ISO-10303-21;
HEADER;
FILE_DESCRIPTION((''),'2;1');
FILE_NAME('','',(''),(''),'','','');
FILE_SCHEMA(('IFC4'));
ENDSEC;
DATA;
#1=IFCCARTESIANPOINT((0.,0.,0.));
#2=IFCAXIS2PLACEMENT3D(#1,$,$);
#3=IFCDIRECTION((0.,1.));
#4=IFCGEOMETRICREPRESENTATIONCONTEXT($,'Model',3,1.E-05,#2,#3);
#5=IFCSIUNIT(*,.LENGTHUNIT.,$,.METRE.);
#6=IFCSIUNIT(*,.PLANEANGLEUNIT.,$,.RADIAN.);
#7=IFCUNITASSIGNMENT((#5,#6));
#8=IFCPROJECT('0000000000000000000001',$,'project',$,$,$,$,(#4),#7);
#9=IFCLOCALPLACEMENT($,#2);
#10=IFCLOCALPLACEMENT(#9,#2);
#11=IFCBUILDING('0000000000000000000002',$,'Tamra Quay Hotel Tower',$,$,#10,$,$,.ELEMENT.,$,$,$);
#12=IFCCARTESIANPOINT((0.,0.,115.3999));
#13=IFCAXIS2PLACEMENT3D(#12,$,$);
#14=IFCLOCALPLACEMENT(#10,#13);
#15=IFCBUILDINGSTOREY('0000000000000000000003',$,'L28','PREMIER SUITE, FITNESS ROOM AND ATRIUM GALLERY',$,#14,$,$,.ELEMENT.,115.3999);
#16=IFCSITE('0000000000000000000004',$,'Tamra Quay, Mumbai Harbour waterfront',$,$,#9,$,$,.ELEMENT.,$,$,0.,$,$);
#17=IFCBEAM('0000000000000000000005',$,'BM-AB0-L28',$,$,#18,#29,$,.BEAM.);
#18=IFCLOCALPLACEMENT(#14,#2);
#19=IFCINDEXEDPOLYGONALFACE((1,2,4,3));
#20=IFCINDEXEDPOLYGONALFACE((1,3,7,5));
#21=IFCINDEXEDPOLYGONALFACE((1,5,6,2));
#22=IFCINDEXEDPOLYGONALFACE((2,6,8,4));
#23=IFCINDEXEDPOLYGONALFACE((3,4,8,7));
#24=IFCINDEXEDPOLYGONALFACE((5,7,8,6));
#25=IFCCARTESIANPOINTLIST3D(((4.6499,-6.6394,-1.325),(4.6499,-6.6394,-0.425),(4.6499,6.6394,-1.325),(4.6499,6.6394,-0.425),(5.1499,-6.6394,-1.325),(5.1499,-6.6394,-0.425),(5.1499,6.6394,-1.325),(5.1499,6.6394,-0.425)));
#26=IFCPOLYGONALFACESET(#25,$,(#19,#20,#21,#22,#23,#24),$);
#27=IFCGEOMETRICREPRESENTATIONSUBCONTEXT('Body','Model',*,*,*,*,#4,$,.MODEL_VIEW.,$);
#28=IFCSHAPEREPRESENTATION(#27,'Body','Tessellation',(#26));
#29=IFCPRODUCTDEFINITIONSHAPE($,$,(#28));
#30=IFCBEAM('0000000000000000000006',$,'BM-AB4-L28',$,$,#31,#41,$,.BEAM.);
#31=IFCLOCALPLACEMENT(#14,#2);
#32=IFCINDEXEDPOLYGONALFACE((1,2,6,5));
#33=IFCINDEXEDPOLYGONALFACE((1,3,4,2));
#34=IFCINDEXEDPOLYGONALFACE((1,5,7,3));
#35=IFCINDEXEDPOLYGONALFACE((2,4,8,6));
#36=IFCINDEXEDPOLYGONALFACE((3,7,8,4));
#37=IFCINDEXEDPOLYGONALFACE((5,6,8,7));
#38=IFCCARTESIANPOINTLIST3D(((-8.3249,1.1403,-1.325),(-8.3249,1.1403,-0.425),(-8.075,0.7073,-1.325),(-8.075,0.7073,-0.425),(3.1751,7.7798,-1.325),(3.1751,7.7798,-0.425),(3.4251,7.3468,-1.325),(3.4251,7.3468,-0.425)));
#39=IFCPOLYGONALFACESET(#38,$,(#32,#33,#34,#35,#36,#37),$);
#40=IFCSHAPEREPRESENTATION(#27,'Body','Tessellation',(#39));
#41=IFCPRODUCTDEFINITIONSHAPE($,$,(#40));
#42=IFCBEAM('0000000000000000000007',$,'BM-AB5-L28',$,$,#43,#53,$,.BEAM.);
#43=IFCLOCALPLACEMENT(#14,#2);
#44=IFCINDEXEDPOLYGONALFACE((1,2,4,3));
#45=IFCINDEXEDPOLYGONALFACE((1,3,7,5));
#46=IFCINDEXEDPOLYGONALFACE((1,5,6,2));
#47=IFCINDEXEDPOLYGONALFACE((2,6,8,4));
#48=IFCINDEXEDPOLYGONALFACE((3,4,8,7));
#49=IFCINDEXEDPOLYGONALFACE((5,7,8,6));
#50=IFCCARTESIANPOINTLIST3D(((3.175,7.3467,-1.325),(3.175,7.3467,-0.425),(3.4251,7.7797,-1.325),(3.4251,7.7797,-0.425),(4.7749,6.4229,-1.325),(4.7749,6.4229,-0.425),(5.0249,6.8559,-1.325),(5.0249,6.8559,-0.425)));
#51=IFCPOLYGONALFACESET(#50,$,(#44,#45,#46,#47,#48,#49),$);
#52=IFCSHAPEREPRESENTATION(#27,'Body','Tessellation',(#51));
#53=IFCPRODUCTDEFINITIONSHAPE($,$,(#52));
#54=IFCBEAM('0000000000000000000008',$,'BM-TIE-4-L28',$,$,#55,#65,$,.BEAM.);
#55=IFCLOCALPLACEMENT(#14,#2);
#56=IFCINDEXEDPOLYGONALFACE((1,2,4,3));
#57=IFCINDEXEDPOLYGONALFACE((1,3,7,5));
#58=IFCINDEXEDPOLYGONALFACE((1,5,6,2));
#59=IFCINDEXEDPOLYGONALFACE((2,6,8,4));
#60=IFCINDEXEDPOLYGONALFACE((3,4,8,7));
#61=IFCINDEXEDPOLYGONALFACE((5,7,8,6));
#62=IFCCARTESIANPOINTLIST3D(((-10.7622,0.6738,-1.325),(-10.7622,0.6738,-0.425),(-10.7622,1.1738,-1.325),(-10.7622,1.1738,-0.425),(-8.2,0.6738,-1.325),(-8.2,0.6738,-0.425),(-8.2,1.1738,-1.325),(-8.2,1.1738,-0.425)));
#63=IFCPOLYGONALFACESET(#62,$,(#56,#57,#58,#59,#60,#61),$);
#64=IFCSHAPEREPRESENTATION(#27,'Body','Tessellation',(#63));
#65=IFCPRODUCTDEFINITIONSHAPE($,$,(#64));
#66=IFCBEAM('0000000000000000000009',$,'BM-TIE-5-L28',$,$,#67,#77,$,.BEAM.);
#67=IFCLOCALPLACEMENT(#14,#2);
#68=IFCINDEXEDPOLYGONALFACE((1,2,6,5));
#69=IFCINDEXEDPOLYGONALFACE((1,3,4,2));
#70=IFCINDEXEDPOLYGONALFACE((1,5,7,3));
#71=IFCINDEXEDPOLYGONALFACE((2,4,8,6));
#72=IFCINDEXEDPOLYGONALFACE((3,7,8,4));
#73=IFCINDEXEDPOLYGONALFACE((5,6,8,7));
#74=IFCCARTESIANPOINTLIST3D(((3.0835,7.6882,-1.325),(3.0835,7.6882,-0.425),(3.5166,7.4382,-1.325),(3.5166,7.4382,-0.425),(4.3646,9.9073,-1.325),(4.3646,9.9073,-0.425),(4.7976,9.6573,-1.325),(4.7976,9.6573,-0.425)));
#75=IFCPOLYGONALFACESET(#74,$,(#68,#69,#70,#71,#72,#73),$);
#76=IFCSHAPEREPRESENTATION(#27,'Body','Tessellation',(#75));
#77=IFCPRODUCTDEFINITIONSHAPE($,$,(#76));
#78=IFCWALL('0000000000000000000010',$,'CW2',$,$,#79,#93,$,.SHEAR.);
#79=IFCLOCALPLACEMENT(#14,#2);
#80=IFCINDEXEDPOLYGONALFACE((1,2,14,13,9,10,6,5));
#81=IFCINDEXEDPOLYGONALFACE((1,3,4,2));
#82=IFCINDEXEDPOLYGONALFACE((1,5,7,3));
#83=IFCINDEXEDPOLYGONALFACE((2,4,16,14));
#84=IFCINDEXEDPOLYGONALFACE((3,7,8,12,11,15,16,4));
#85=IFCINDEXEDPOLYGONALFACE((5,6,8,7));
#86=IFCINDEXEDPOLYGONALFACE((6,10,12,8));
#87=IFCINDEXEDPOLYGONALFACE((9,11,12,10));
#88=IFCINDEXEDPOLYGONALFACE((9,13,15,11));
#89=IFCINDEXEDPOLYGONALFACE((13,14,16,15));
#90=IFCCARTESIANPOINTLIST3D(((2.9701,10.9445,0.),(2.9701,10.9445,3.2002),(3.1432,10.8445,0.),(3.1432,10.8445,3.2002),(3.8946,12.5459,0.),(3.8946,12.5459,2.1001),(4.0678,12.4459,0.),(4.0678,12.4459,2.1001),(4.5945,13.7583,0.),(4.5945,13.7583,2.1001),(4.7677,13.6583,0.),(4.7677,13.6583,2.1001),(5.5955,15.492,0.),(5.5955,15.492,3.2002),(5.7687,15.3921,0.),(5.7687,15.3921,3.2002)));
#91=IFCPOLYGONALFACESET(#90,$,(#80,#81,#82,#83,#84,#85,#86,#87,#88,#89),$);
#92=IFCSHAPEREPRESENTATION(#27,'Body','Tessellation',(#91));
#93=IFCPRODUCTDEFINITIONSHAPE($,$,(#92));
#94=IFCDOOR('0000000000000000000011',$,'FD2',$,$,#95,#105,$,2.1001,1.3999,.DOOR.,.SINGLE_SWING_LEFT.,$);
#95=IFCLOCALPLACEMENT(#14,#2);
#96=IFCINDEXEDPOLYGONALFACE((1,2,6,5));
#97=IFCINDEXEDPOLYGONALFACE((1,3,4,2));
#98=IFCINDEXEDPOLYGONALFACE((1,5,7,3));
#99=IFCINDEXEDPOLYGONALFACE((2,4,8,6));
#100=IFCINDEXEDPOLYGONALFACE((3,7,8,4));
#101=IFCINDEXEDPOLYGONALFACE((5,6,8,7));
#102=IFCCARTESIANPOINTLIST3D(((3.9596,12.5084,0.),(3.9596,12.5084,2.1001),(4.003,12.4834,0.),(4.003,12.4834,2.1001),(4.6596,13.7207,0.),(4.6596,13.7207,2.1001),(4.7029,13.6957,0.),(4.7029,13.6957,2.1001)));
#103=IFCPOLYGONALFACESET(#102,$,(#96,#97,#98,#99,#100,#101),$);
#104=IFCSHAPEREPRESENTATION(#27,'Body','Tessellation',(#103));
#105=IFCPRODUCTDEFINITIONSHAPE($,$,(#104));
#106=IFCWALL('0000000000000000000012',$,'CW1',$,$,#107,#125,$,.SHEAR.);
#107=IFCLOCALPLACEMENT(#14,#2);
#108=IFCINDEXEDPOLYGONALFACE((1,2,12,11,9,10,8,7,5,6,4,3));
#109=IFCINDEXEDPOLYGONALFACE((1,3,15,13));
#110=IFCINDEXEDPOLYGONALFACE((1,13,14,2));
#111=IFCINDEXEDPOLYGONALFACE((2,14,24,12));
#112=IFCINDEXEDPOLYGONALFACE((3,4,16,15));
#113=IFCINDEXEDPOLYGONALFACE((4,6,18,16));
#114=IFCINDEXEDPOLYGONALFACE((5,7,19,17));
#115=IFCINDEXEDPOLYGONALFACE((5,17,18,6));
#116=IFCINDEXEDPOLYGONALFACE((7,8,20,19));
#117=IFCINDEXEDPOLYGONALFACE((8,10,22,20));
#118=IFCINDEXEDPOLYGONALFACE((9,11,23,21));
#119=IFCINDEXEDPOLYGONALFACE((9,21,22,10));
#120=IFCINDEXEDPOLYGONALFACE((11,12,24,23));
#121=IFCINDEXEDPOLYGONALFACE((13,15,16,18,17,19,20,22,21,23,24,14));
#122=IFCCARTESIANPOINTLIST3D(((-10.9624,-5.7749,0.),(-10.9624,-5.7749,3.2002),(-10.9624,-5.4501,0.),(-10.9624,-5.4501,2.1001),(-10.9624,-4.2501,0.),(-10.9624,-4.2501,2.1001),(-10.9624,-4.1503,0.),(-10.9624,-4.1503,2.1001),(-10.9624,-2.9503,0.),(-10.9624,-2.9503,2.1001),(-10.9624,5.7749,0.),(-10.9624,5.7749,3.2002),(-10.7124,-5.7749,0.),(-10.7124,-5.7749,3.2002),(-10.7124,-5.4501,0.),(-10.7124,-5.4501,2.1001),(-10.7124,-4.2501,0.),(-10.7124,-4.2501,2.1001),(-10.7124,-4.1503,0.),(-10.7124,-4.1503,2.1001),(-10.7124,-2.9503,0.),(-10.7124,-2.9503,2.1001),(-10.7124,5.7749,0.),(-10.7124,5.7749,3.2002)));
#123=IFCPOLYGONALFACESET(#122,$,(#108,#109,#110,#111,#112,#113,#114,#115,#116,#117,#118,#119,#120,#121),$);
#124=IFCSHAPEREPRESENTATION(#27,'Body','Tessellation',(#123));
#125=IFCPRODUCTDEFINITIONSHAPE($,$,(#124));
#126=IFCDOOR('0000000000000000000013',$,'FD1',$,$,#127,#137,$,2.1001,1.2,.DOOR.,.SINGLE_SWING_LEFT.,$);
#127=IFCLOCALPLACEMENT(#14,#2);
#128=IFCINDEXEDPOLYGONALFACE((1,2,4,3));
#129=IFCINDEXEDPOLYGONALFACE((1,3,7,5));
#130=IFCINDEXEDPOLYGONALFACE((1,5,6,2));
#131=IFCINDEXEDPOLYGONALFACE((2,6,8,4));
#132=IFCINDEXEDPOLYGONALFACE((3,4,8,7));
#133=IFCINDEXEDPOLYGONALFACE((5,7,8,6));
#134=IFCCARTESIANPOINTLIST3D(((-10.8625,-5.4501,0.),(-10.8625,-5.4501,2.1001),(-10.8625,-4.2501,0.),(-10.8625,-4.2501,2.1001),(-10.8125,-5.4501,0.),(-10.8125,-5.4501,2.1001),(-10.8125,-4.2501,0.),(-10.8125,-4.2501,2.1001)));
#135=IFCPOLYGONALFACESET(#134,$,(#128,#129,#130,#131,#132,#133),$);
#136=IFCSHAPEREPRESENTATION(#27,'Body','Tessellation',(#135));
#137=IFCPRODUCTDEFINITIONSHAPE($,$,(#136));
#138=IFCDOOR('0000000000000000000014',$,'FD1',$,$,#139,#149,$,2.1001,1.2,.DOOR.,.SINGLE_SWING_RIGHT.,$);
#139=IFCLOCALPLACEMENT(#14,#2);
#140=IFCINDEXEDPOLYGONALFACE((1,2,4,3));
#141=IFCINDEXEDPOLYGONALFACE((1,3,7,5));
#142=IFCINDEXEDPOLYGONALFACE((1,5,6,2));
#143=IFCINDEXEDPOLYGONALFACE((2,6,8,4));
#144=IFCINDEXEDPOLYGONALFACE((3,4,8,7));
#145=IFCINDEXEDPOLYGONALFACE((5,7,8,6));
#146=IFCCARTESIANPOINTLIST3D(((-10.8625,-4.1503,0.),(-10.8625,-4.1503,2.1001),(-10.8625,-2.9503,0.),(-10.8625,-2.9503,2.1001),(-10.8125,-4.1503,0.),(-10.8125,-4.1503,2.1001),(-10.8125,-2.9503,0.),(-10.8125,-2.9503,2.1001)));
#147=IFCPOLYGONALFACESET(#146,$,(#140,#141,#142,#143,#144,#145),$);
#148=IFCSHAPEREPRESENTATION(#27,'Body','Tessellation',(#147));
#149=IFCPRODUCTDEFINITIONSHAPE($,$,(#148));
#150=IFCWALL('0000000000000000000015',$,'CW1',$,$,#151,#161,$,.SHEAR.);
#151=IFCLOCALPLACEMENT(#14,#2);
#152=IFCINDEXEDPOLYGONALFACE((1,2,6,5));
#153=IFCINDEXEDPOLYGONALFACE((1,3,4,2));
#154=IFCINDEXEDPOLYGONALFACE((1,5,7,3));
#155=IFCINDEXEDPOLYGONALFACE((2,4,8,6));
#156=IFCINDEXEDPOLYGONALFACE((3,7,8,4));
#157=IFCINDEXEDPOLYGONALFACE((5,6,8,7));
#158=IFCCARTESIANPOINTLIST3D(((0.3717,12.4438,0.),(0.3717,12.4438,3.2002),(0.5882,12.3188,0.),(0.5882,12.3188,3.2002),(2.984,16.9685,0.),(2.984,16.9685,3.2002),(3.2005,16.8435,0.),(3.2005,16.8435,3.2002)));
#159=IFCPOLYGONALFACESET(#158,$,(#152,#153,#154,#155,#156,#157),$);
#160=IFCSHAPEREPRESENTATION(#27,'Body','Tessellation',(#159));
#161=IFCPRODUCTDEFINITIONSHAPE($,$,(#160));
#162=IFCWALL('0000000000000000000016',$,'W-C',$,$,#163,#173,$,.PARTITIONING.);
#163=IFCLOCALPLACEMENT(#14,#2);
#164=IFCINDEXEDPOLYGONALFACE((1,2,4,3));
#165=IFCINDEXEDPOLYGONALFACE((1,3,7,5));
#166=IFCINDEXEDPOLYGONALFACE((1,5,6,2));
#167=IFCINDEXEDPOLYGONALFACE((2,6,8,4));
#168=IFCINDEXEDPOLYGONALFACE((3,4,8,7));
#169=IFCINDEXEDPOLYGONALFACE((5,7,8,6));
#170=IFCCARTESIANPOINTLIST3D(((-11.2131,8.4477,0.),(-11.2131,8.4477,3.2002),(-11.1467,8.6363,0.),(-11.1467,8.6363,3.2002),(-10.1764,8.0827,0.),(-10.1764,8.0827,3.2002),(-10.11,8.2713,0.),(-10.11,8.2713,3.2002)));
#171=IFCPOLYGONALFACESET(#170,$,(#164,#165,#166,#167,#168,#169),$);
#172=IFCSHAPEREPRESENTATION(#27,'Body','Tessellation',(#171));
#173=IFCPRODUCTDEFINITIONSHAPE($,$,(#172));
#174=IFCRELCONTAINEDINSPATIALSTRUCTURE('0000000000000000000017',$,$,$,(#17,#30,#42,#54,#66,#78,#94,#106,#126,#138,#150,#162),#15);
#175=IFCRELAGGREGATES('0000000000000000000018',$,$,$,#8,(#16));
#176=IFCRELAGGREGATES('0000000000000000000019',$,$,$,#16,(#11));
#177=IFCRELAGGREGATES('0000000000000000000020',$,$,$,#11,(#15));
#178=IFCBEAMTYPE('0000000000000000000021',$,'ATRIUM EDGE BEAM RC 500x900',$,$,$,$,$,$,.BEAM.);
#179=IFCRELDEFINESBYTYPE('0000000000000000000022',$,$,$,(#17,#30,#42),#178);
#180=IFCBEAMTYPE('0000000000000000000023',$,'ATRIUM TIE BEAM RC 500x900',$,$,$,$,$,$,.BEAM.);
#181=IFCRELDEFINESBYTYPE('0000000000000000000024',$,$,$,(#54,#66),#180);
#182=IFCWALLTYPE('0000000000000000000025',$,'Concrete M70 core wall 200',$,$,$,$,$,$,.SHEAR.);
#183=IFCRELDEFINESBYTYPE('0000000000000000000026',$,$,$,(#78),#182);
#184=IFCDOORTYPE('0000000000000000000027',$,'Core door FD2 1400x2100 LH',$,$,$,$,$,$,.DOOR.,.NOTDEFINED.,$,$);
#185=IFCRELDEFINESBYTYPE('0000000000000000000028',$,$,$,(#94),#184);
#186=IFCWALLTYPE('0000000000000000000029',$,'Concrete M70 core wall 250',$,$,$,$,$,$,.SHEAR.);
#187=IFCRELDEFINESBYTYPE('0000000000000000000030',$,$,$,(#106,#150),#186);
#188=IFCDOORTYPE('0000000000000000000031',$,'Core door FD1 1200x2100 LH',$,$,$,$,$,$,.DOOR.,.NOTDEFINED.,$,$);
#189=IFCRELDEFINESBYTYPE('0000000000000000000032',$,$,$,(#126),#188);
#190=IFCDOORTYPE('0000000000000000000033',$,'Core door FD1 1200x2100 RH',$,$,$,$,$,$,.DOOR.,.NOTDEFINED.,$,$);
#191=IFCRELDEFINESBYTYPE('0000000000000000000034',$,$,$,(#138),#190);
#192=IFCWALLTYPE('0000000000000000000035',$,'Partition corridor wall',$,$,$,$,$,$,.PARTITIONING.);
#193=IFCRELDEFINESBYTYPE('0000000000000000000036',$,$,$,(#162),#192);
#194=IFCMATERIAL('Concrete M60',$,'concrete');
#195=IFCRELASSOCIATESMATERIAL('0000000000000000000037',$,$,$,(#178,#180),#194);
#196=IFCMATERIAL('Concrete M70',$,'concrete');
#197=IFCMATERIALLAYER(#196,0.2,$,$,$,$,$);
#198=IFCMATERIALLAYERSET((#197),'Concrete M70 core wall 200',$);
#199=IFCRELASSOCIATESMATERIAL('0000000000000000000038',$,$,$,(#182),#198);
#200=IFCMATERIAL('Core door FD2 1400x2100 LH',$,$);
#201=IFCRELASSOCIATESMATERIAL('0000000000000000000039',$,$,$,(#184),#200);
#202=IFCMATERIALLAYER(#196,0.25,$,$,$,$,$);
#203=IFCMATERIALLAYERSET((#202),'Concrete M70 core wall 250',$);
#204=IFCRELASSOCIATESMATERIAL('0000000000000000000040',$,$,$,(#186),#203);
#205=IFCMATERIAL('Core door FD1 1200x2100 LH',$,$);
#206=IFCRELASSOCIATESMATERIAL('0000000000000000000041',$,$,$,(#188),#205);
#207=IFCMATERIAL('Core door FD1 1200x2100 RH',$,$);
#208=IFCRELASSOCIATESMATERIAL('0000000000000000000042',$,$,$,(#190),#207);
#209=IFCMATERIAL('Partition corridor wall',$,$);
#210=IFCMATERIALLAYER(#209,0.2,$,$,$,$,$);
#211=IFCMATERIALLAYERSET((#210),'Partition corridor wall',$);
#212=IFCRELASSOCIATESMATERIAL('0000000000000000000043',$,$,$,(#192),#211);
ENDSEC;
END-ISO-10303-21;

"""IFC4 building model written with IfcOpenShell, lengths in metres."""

from ifc_helpers import new_model, si_unit, direction, frame, frame_2d, origin, origin_2d, place, context, subcontext, project, spatial, rectangle, extrude, material, layer, layer_set, material_profile, profile_set, type_object, element, fill, save


model = new_model("IFC4")

# Units and contexts
model_context = context("Model", 3, precision=1e-05, world=origin(), true_north=direction((0.0, 1.0)))
body_context = subcontext(model_context, "Body", "Model", "MODEL_VIEW")
ifc_project = project(units=[si_unit("LENGTHUNIT", "METRE"), si_unit("PLANEANGLEUNIT", "RADIAN")], contexts=[model_context])

# Site, building, storey
site_placement = place(None, origin())
site = spatial("IfcSite", under=ifc_project, at=site_placement, Name="Tamra Quay, Mumbai Harbour waterfront", CompositionType="ELEMENT", RefElevation=0.0)
building_placement = place(site_placement, origin())
building = spatial("IfcBuilding", under=site, at=building_placement, Name="Tamra Quay Hotel Tower", CompositionType="ELEMENT")
storey_placement = place(building_placement, frame((0.0, 0.0, 115.3999)))
storey = spatial("IfcBuildingStorey", under=building, at=storey_placement, Name="L28", Description="PREMIER SUITE, FITNESS ROOM AND ATRIUM GALLERY", CompositionType="ELEMENT", Elevation=115.3999)

# Beams
ifc_material_1 = material(Name="Concrete M60", Category="concrete")
ifc_material_profile_1 = material_profile(ifc_material_1, rectangle(XDim=0.5, YDim=0.8999, at=origin_2d()), Name="ATRIUM EDGE BEAM RC 500x900")
ifc_profile_set_1 = profile_set([ifc_material_profile_1], Name="Concrete M60")
beam_type_1 = type_object("IfcBeamType", Name="ATRIUM EDGE BEAM RC 500x900", PredefinedType="BEAM", material=ifc_profile_set_1)
beam_1_placement = place(storey_placement, frame((4.8999, 6.6394, -0.875), z_axis=(0.0, -1.0, 0.0), x_axis=(1.0, 0.0, 0.0)))
element("IfcBeam", 1, at=beam_1_placement, inside=storey, type_object=beam_type_1, Name="BM-AB0-L28", PredefinedType="BEAM", context=body_context, shape_type="SweptSolid", body=[
    extrude(rectangle(XDim=0.5, YDim=0.8999, at=origin_2d()), origin(), (0.0, 0.0, 1.0), 13.2788),
])
beam_2_placement = place(storey_placement, frame((-8.2, 0.9238, -0.875), z_axis=(0.866029, 0.499993, 0.0), x_axis=(-0.499993, 0.866029, 0.0)))
element("IfcBeam", 2, at=beam_2_placement, inside=storey, type_object=beam_type_1, Name="BM-AB4-L28", PredefinedType="BEAM", context=body_context, shape_type="SweptSolid", body=[
    extrude(rectangle(XDim=0.5, YDim=0.8999, at=origin_2d()), origin(), (0.0, 0.0, 1.0), 13.2791),
])
beam_3_placement = place(storey_placement, frame((3.3, 7.5632, -0.875), z_axis=(0.86599, -0.500062, 0.0), x_axis=(0.500062, 0.86599, 0.0)))
element("IfcBeam", 3, at=beam_3_placement, inside=storey, type_object=beam_type_1, Name="BM-AB5-L28", PredefinedType="BEAM", context=body_context, shape_type="SweptSolid", body=[
    extrude(rectangle(XDim=0.5, YDim=0.8999, at=origin_2d()), origin(), (0.0, 0.0, 1.0), 1.8474),
])
ifc_material_profile_2 = material_profile(ifc_material_1, rectangle(XDim=0.5, YDim=0.8999, at=origin_2d()), Name="ATRIUM TIE BEAM RC 500x900")
ifc_profile_set_2 = profile_set([ifc_material_profile_2], Name="Concrete M60")
beam_type_2 = type_object("IfcBeamType", Name="ATRIUM TIE BEAM RC 500x900", PredefinedType="BEAM", material=ifc_profile_set_2)
for number, where, z_axis, x_axis, name in (
    (4, (-8.2, 0.9238, -0.875), (-1.0, 0.0, 0.0), (0.0, -1.0, 0.0), "BM-TIE-4-L28"),
    (5, (3.3, 7.5632, -0.875), (0.499962, 0.866048, 0.0), (-0.866048, 0.499962, 0.0), "BM-TIE-5-L28"),
):
    element("IfcBeam", number, at=place(storey_placement, frame(where, z_axis=z_axis, x_axis=x_axis)), inside=storey, type_object=beam_type_2, Name=name, PredefinedType="BEAM", context=body_context, shape_type="SweptSolid", body=[
        extrude(rectangle(XDim=0.5, YDim=0.8999, at=origin_2d()), origin(), (0.0, 0.0, 1.0), 2.5623),
    ])

# Wall, opening, door
ifc_material_2 = material(Name="Concrete M70", Category="concrete")
ifc_layer_1 = layer(ifc_material_2, 0.2)
ifc_layer_set_1 = layer_set([ifc_layer_1], Name="Concrete M70 core wall 200")
wall_type_1 = type_object("IfcWallType", Name="Concrete M70 core wall 200", PredefinedType="SHEAR", material=ifc_layer_set_1)
wall_1_placement = place(storey_placement, frame((3.0566, 10.8945, 0.0), z_axis=(0.0, 0.0, 1.0), x_axis=(0.499989, 0.866032, 0.0)))
wall_1 = element("IfcWall", 6, at=wall_1_placement, inside=storey, type_object=wall_type_1, Name="CW2", PredefinedType="SHEAR", context=body_context, shape_type="SweptSolid", body=[
    extrude(rectangle(XDim=5.251, YDim=0.2, at=frame_2d((2.6255, 0.0))), origin(), (0.0, 0.0, 1.0), 3.2002),
])
opening_1_placement = place(wall_1_placement, frame((1.8491, 0.0, 0.0)))
opening_1 = element("IfcOpeningElement", 7, at=opening_1_placement, cuts=wall_1, PredefinedType="OPENING", context=body_context, shape_type="SweptSolid", body=[
    extrude(rectangle(XDim=1.3999, YDim=2.1001, at=frame_2d((0.7, 1.05))), frame((0.0, 0.1099, 0.0), z_axis=(0.0, -1.0, 0.0), x_axis=(1.0, 0.0, 0.0)), (0.0, 0.0, 1.0), 0.22),
])
ifc_material_3 = material(Name="Core door FD2 1400x2100 LH")
door_type_1 = type_object("IfcDoorType", Name="Core door FD2 1400x2100 LH", OperationType="NOTDEFINED", PredefinedType="DOOR", material=ifc_material_3)
door_1_placement = place(opening_1_placement, origin())
door_1 = element("IfcDoor", 8, at=door_1_placement, inside=storey, type_object=door_type_1, Name="FD2", OperationType="SINGLE_SWING_LEFT", OverallHeight=2.1001, OverallWidth=1.3999, PredefinedType="DOOR", context=body_context, shape_type="SweptSolid", body=[
    extrude(rectangle(XDim=1.3999, YDim=2.1001, at=frame_2d((0.7, 1.05))), frame((0.0, 0.0249, 0.0), z_axis=(0.0, -1.0, 0.0), x_axis=(1.0, 0.0, 0.0)), (0.0, 0.0, 1.0), 0.05),
])
fill(opening_1, door_1)

# Wall, openings, doors
ifc_layer_2 = layer(ifc_material_2, 0.25)
ifc_layer_set_2 = layer_set([ifc_layer_2], Name="Concrete M70 core wall 250")
wall_type_2 = type_object("IfcWallType", Name="Concrete M70 core wall 250", PredefinedType="SHEAR", material=ifc_layer_set_2)
wall_2_placement = place(storey_placement, frame((-10.8374, 5.7749, 0.0), z_axis=(0.0, 0.0, 1.0), x_axis=(0.0, -1.0, 0.0)))
wall_2 = element("IfcWall", 9, at=wall_2_placement, inside=storey, type_object=wall_type_2, Name="CW1", PredefinedType="SHEAR", context=body_context, shape_type="SweptSolid", body=[
    extrude(rectangle(XDim=11.5498, YDim=0.25, at=frame_2d((5.7749, 0.0))), origin(), (0.0, 0.0, 1.0), 3.2002),
])
opening_2_placement = place(wall_2_placement, frame((10.0249, 0.0, 0.0)))
opening_2 = element("IfcOpeningElement", 10, at=opening_2_placement, cuts=wall_2, PredefinedType="OPENING", context=body_context, shape_type="SweptSolid", body=[
    extrude(rectangle(XDim=1.2, YDim=2.1001, at=frame_2d((0.6001, 1.05))), frame((0.0, 0.135, 0.0), z_axis=(0.0, -1.0, 0.0), x_axis=(1.0, 0.0, 0.0)), (0.0, 0.0, 1.0), 0.27),
])
opening_3_placement = place(wall_2_placement, frame((8.7251, 0.0, 0.0)))
opening_3 = element("IfcOpeningElement", 11, at=opening_3_placement, cuts=wall_2, PredefinedType="OPENING", context=body_context, shape_type="SweptSolid", body=[
    extrude(rectangle(XDim=1.2, YDim=2.1001, at=frame_2d((0.6001, 1.05))), frame((0.0, 0.135, 0.0), z_axis=(0.0, -1.0, 0.0), x_axis=(1.0, 0.0, 0.0)), (0.0, 0.0, 1.0), 0.27),
])
ifc_material_4 = material(Name="Core door FD1 1200x2100 LH")
door_type_2 = type_object("IfcDoorType", Name="Core door FD1 1200x2100 LH", OperationType="NOTDEFINED", PredefinedType="DOOR", material=ifc_material_4)
door_2_placement = place(opening_2_placement, origin())
door_2 = element("IfcDoor", 12, at=door_2_placement, inside=storey, type_object=door_type_2, Name="FD1", OperationType="SINGLE_SWING_LEFT", OverallHeight=2.1001, OverallWidth=1.2, PredefinedType="DOOR", context=body_context, shape_type="SweptSolid", body=[
    extrude(rectangle(XDim=1.2, YDim=2.1001, at=frame_2d((0.6001, 1.05))), frame((0.0, 0.0249, 0.0), z_axis=(0.0, -1.0, 0.0), x_axis=(1.0, 0.0, 0.0)), (0.0, 0.0, 1.0), 0.05),
])
fill(opening_2, door_2)
ifc_material_5 = material(Name="Core door FD1 1200x2100 RH")
door_type_3 = type_object("IfcDoorType", Name="Core door FD1 1200x2100 RH", OperationType="NOTDEFINED", PredefinedType="DOOR", material=ifc_material_5)
door_3_placement = place(opening_3_placement, origin())
door_3 = element("IfcDoor", 13, at=door_3_placement, inside=storey, type_object=door_type_3, Name="FD1", OperationType="SINGLE_SWING_RIGHT", OverallHeight=2.1001, OverallWidth=1.2, PredefinedType="DOOR", context=body_context, shape_type="SweptSolid", body=[
    extrude(rectangle(XDim=1.2, YDim=2.1001, at=frame_2d((0.6001, 1.05))), frame((0.0, 0.0249, 0.0), z_axis=(0.0, -1.0, 0.0), x_axis=(1.0, 0.0, 0.0)), (0.0, 0.0, 1.0), 0.05),
])
fill(opening_3, door_3)

# Walls
wall_3_placement = place(storey_placement, frame((0.48, 12.3813, 0.0), z_axis=(0.0, 0.0, 1.0), x_axis=(0.499999, 0.866026, 0.0)))
element("IfcWall", 14, at=wall_3_placement, inside=storey, type_object=wall_type_2, Name="CW1", PredefinedType="SHEAR", context=body_context, shape_type="SweptSolid", body=[
    extrude(rectangle(XDim=5.2246, YDim=0.25, at=frame_2d((2.6123, 0.0))), origin(), (0.0, 0.0, 1.0), 3.2002),
])
ifc_material_6 = material(Name="Partition corridor wall")
ifc_layer_3 = layer(ifc_material_6, 0.2)
ifc_layer_set_3 = layer_set([ifc_layer_3], Name="Partition corridor wall")
wall_type_3 = type_object("IfcWallType", Name="Partition corridor wall", PredefinedType="PARTITIONING", material=ifc_layer_set_3)
wall_4_placement = place(storey_placement, frame((-11.1799, 8.542, 0.0), z_axis=(0.0, 0.0, 1.0), x_axis=(0.943265, -0.332042, 0.0)))
element("IfcWall", 15, at=wall_4_placement, inside=storey, type_object=wall_type_3, Name="W-C", PredefinedType="PARTITIONING", context=body_context, shape_type="SweptSolid", body=[
    extrude(rectangle(XDim=1.0991, YDim=0.2, at=frame_2d((0.5496, 0.0))), origin(), (0.0, 0.0, 1.0), 3.2002),
])

save(model, "model.ifc")
